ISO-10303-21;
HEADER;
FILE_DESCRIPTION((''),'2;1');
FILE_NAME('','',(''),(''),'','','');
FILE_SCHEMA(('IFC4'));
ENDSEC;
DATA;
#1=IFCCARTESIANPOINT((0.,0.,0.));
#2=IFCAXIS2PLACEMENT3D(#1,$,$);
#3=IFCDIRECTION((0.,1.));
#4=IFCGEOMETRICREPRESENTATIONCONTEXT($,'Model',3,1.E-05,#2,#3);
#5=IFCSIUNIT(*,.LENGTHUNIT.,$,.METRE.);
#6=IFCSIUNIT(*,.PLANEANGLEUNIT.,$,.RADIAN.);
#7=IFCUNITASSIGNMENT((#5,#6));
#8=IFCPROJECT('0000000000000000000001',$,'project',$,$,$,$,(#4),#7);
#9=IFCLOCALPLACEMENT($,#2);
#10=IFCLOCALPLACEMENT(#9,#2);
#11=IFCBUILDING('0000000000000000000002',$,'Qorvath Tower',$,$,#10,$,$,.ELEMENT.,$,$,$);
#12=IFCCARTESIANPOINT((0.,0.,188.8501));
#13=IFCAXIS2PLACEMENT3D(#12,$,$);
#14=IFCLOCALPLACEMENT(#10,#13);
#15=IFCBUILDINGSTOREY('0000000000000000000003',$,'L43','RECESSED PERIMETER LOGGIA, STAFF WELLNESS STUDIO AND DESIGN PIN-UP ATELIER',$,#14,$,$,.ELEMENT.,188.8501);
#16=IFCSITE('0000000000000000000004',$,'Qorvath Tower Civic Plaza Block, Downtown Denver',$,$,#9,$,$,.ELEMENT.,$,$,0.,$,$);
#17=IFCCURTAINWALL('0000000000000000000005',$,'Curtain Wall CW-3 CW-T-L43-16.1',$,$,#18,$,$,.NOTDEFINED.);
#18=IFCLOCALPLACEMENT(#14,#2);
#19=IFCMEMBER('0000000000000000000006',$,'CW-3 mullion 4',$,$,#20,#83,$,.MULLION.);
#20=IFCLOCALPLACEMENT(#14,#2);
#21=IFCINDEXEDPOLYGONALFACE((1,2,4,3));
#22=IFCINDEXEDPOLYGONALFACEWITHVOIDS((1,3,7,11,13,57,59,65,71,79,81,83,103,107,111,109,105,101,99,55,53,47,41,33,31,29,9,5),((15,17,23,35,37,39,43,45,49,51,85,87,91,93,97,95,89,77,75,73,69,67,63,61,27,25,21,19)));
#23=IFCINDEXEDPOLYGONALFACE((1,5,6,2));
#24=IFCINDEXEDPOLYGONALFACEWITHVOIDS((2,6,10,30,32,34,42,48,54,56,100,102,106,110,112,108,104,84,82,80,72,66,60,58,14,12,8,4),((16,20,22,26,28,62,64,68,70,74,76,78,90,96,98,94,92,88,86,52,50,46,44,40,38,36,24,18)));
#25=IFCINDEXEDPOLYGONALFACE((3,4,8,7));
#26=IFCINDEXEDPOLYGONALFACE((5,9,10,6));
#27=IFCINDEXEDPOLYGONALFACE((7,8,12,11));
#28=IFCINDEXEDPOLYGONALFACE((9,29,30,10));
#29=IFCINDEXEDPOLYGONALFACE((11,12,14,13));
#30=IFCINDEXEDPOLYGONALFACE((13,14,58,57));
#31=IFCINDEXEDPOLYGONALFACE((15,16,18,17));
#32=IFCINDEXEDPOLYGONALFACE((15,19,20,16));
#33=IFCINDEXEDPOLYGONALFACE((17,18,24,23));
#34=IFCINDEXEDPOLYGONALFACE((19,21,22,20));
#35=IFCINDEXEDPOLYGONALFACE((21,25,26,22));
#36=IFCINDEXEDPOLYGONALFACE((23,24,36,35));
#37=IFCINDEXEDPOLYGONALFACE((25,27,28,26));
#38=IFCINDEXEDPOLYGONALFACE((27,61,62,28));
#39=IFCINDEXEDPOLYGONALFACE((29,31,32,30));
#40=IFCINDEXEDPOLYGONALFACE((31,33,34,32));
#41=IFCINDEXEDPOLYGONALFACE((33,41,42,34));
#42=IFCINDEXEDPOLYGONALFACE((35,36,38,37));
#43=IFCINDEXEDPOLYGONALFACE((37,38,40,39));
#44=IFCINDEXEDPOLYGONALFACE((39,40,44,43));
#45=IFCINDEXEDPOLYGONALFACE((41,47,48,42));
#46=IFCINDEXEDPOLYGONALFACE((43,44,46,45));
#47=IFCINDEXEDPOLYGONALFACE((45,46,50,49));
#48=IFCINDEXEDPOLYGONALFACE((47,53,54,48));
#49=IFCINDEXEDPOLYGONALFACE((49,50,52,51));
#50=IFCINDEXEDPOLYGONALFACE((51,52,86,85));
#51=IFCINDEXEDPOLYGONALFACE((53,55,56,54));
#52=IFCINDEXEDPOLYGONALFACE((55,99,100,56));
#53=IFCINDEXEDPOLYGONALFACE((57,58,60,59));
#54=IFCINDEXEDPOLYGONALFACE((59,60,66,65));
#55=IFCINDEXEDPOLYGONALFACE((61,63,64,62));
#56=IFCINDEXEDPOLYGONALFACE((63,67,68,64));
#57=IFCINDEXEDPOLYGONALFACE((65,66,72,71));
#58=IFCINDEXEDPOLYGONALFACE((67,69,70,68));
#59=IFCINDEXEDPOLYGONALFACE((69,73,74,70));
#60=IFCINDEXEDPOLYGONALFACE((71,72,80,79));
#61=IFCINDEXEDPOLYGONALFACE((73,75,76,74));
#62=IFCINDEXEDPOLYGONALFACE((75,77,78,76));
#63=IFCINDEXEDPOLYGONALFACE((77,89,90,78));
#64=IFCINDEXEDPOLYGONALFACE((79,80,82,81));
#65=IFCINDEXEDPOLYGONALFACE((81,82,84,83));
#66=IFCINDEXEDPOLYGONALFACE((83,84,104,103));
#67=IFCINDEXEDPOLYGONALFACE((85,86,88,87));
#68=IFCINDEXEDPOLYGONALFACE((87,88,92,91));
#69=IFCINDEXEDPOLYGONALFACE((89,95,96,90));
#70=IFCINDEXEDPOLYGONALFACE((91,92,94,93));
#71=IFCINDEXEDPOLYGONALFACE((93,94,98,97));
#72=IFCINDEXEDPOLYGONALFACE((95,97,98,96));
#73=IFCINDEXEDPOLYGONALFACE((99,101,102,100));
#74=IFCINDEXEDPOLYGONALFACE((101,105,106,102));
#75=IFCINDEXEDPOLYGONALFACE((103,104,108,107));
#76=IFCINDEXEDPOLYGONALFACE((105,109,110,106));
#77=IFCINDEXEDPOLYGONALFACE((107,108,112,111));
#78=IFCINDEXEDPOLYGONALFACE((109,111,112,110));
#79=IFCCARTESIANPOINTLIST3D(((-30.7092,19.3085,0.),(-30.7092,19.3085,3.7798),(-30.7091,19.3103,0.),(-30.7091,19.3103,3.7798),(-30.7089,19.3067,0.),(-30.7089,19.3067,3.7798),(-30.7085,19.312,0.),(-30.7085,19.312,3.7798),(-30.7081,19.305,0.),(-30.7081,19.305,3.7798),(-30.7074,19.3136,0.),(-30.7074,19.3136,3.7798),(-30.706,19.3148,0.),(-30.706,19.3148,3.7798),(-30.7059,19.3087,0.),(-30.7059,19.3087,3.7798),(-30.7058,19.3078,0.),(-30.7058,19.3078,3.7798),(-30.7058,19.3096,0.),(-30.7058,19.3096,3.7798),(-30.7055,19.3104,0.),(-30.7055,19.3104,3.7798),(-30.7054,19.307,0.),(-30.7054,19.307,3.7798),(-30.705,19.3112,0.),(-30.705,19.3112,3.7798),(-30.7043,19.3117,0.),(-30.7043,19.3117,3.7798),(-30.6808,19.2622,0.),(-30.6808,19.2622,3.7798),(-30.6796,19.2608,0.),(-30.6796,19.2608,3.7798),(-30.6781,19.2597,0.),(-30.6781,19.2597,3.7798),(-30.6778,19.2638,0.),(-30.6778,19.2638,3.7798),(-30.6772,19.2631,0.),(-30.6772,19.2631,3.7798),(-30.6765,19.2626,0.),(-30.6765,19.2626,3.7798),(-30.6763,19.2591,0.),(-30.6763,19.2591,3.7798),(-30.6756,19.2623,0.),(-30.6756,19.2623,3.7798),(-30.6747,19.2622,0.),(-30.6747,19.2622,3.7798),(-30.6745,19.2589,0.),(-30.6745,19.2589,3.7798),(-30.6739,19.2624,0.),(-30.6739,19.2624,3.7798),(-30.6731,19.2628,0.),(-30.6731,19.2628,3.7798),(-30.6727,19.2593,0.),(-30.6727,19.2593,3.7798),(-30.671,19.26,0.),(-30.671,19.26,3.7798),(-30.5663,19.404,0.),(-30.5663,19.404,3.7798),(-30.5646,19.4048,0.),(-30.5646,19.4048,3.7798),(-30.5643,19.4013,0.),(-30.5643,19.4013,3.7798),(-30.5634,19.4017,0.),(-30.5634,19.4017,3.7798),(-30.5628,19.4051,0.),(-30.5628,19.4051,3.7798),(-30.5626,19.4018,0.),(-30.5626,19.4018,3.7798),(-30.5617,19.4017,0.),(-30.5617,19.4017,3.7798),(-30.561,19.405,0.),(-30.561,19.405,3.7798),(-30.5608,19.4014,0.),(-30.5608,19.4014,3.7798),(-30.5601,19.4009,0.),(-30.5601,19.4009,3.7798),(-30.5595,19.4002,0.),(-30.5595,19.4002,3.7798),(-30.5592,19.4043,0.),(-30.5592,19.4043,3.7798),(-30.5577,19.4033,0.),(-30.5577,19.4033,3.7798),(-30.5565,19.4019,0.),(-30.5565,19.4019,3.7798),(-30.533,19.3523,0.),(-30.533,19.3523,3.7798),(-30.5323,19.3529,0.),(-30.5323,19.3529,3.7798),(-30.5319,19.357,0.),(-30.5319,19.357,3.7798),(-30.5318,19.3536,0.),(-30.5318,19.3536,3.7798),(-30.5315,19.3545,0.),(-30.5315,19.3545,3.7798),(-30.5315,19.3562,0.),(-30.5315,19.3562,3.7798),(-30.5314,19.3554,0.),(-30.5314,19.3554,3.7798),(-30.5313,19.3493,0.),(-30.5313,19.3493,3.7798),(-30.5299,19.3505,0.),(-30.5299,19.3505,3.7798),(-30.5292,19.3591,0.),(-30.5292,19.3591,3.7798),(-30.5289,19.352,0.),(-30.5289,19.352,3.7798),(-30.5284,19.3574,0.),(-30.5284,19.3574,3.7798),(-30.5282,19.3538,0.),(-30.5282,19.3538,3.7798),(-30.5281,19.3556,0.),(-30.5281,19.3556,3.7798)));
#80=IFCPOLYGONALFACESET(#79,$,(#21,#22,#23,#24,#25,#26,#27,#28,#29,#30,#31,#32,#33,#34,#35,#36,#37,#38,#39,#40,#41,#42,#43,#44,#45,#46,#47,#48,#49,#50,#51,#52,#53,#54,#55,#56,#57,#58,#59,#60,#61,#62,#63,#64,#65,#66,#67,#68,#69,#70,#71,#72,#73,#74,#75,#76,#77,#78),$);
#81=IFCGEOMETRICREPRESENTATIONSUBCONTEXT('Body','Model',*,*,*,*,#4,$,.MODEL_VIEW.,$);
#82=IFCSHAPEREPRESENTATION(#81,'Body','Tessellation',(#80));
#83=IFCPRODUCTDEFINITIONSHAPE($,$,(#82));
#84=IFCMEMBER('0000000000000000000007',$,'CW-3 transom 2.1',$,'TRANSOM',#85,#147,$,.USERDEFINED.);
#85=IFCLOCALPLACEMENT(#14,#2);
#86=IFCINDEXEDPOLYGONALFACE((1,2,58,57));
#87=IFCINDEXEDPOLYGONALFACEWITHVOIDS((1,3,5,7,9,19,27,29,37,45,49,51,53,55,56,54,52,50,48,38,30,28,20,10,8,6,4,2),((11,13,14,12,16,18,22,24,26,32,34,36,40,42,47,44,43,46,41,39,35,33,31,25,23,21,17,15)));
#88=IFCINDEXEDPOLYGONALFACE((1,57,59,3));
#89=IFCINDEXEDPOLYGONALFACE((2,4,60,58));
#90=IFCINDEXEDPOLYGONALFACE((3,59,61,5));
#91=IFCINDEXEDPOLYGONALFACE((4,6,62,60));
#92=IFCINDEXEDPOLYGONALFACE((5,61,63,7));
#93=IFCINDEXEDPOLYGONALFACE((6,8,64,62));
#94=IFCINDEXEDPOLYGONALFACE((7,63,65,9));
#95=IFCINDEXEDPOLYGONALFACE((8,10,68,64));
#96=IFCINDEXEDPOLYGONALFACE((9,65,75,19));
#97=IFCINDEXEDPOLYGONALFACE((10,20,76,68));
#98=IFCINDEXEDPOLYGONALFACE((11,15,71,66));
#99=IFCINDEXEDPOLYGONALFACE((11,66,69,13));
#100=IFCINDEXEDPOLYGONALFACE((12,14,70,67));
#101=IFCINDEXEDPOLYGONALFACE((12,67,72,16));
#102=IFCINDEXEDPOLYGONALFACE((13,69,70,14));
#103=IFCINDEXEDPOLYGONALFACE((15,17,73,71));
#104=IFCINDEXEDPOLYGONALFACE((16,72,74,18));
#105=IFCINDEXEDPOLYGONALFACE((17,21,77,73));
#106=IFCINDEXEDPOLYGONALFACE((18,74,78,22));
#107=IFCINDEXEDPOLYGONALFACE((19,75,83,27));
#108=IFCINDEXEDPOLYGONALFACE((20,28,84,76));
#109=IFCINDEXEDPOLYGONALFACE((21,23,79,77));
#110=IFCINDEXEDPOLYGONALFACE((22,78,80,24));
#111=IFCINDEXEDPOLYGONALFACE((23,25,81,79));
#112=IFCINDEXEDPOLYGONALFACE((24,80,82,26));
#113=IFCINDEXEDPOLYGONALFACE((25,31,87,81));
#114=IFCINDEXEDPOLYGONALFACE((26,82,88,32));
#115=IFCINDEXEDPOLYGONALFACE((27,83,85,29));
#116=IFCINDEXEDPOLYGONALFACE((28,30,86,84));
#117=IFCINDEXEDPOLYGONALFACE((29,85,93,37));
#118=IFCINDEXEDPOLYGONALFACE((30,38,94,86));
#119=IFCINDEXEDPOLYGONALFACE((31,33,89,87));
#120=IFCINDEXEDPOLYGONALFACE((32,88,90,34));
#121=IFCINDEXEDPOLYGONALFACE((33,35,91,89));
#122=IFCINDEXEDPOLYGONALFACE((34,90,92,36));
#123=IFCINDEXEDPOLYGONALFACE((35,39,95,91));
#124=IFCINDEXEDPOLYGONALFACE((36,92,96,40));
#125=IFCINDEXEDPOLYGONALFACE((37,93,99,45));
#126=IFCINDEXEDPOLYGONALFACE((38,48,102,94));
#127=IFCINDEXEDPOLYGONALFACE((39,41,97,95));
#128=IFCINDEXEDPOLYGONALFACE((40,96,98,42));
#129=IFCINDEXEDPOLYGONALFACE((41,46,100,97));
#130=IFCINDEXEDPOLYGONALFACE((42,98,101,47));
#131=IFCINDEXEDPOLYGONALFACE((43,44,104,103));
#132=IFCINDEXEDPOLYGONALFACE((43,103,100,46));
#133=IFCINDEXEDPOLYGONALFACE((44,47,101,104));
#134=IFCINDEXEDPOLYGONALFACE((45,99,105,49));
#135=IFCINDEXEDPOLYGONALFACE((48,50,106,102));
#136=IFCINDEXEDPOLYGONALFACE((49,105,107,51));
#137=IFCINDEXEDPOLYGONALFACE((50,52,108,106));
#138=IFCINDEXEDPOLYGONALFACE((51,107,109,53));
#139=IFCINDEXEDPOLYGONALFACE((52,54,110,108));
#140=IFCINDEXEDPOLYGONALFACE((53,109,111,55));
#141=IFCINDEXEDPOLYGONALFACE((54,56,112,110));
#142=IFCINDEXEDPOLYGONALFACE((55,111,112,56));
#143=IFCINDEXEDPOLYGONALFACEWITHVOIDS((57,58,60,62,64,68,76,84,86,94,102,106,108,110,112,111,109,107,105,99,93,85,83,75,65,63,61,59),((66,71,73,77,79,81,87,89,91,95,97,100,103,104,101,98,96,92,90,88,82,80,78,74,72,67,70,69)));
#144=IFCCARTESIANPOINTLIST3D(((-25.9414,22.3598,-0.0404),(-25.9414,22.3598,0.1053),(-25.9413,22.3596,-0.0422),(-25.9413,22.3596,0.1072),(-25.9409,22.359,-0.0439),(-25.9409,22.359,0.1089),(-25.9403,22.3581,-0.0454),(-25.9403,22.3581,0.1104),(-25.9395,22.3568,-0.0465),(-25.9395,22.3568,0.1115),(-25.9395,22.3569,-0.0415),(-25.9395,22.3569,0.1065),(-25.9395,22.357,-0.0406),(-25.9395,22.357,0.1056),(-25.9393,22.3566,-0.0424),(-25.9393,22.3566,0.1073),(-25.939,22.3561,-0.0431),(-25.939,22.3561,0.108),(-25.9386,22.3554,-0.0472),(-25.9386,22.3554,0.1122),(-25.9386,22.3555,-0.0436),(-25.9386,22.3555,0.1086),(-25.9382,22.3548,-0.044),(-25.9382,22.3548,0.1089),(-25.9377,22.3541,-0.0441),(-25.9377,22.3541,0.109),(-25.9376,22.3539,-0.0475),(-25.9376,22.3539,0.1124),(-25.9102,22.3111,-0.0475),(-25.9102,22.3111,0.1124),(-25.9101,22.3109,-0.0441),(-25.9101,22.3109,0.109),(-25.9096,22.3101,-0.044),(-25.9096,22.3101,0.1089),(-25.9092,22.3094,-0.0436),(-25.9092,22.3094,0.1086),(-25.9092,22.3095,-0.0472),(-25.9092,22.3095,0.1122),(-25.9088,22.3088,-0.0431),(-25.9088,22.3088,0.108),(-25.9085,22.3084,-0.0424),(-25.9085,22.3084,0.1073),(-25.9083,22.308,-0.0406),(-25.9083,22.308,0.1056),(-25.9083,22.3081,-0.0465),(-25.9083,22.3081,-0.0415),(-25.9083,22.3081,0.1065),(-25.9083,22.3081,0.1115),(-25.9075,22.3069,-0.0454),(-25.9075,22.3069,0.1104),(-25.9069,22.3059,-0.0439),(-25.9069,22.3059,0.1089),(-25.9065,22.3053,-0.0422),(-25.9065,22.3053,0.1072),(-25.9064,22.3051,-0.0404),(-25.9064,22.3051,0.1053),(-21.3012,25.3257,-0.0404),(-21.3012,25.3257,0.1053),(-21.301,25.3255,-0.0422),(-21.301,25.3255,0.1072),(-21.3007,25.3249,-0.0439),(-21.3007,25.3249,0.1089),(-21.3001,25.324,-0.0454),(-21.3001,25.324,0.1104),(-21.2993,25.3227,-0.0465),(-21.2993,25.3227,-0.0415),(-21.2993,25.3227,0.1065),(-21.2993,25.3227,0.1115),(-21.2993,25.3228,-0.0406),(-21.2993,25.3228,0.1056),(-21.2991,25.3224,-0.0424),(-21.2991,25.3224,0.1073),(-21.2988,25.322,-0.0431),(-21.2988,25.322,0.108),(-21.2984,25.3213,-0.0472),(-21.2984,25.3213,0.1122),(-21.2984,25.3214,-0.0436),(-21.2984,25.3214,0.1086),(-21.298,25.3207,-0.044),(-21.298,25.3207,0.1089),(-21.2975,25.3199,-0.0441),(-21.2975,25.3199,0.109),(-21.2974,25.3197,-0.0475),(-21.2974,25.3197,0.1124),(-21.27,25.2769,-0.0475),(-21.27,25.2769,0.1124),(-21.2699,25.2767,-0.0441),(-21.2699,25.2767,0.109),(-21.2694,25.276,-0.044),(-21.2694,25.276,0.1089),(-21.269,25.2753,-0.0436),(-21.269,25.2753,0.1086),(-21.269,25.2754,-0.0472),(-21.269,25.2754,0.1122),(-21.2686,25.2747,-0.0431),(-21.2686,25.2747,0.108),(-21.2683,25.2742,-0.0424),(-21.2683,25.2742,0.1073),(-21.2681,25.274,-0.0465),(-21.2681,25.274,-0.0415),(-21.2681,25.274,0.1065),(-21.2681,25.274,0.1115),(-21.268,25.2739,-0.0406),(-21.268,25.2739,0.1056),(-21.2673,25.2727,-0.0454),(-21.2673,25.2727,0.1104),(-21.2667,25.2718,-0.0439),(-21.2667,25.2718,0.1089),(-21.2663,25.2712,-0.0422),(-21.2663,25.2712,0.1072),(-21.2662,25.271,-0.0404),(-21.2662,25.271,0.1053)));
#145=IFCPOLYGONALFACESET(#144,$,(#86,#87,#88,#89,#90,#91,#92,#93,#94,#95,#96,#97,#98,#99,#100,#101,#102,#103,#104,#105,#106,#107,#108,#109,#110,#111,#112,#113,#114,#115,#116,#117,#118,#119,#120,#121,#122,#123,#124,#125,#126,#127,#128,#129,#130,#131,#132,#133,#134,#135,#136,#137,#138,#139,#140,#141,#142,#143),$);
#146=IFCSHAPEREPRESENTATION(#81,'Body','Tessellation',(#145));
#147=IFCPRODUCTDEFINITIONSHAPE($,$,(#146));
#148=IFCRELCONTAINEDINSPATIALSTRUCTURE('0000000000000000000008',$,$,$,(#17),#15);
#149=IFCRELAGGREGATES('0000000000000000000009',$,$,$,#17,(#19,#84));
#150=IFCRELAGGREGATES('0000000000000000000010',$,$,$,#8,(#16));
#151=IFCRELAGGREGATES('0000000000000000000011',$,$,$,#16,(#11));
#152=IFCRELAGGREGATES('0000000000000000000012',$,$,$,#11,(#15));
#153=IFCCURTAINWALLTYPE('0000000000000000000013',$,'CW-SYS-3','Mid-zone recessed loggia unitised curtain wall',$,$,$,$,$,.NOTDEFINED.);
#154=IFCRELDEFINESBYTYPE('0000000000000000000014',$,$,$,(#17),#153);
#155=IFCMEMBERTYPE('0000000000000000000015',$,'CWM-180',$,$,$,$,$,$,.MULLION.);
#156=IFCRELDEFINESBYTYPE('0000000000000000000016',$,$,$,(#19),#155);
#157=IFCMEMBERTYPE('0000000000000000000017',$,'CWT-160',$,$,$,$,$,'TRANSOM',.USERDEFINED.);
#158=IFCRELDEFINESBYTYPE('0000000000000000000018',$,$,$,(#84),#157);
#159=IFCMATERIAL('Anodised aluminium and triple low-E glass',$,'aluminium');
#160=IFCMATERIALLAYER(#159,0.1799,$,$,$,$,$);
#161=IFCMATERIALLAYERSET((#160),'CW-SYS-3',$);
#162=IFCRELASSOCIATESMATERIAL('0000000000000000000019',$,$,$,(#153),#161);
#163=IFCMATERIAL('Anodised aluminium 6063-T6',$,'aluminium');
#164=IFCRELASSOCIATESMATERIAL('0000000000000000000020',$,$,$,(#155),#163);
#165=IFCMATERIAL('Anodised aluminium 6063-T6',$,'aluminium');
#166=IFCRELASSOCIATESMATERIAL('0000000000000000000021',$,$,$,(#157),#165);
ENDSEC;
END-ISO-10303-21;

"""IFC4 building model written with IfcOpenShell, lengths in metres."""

from ifc_helpers import new_model, si_unit, direction, frame, origin, origin_2d, place, context, subcontext, project, spatial, hollow_rectangle, extrude, material, layer, layer_set, material_profile, profile_set, type_object, element, aggregate, save


model = new_model("IFC4")

# Units and contexts
model_context = context("Model", 3, precision=1e-05, world=origin(), true_north=direction((0.0, 1.0)))
body_context = subcontext(model_context, "Body", "Model", "MODEL_VIEW")
ifc_project = project(units=[si_unit("LENGTHUNIT", "METRE"), si_unit("PLANEANGLEUNIT", "RADIAN")], contexts=[model_context])

# Site, building, storey
site_placement = place(None, origin())
site = spatial("IfcSite", under=ifc_project, at=site_placement, Name="Qorvath Tower Civic Plaza Block, Downtown Denver", CompositionType="ELEMENT", RefElevation=0.0)
building_placement = place(site_placement, origin())
building = spatial("IfcBuilding", under=site, at=building_placement, Name="Qorvath Tower", CompositionType="ELEMENT")
storey_placement = place(building_placement, frame((0.0, 0.0, 188.8501)))
storey = spatial("IfcBuildingStorey", under=building, at=storey_placement, Name="L43", Description="RECESSED PERIMETER LOGGIA, STAFF WELLNESS STUDIO AND DESIGN PIN-UP ATELIER", CompositionType="ELEMENT", Elevation=188.8501)

# Curtain wall, members
ifc_material_1 = material(Name="Anodised aluminium and triple low-E glass", Category="aluminium")
ifc_layer_1 = layer(ifc_material_1, 0.1799)
ifc_layer_set_1 = layer_set([ifc_layer_1], Name="CW-SYS-3")
curtain_wall_type = type_object("IfcCurtainWallType", Name="CW-SYS-3", Description="Mid-zone recessed loggia unitised curtain wall", PredefinedType="NOTDEFINED", material=ifc_layer_set_1)
curtain_wall_placement = place(storey_placement, origin())
curtain_wall = element("IfcCurtainWall", 1, at=curtain_wall_placement, inside=storey, type_object=curtain_wall_type, Name="Curtain Wall CW-3 CW-T-L43-16.1", PredefinedType="NOTDEFINED")
ifc_material_2 = material(Name="Anodised aluminium 6063-T6", Category="aluminium")
ifc_material_profile_1 = material_profile(ifc_material_2, hollow_rectangle(XDim=0.0649, YDim=0.1799, WallThickness=0.0034, InnerFilletRadius=0.0034, OuterFilletRadius=0.0071, at=origin_2d()), Name="CWM 180x65")
ifc_profile_set_1 = profile_set([ifc_material_profile_1], Name="Anodised aluminium 6063-T6")
member_type_1 = type_object("IfcMemberType", Name="CWM-180", PredefinedType="MULLION", material=ifc_profile_set_1)
member_1_placement = place(storey_placement, frame((-30.6187, 19.332, 0.0), z_axis=(0.0, 0.0, 1.0), x_axis=(0.538531, -0.842606, 0.0)))
member_1 = element("IfcMember", 2, at=member_1_placement, type_object=member_type_1, Name="CW-3 mullion 4", PredefinedType="MULLION", context=body_context, shape_type="SweptSolid", body=[
    extrude(hollow_rectangle(XDim=0.0649, YDim=0.1799, WallThickness=0.0034, InnerFilletRadius=0.0034, OuterFilletRadius=0.0071, at=origin_2d()), origin(), (0.0, 0.0, 1.0), 3.7798),
])
ifc_material_3 = material(Name="Anodised aluminium 6063-T6", Category="aluminium")
ifc_material_profile_2 = material_profile(ifc_material_3, hollow_rectangle(XDim=0.0649, YDim=0.1599, WallThickness=0.0034, InnerFilletRadius=0.0034, OuterFilletRadius=0.0071, at=origin_2d()), Name="CWT 160x65")
ifc_profile_set_2 = profile_set([ifc_material_profile_2], Name="Anodised aluminium 6063-T6")
member_type_2 = type_object("IfcMemberType", Name="CWT-160", ElementType="TRANSOM", PredefinedType="USERDEFINED", material=ifc_profile_set_2)
member_2_placement = place(storey_placement, frame((-21.2837, 25.2983, 0.0325), z_axis=(-0.84259, -0.538555, 0.0), x_axis=(0.538555, -0.84259, 0.0)))
member_2 = element("IfcMember", 3, at=member_2_placement, type_object=member_type_2, Name="CW-3 transom 2.1", ObjectType="TRANSOM", PredefinedType="USERDEFINED", context=body_context, shape_type="SweptSolid", body=[
    extrude(hollow_rectangle(XDim=0.0649, YDim=0.1599, WallThickness=0.0034, InnerFilletRadius=0.0034, OuterFilletRadius=0.0071, at=origin_2d()), origin(), (0.0, 0.0, 1.0), 5.5071),
])
aggregate(curtain_wall, [member_1, member_2])

save(model, "model.ifc")
